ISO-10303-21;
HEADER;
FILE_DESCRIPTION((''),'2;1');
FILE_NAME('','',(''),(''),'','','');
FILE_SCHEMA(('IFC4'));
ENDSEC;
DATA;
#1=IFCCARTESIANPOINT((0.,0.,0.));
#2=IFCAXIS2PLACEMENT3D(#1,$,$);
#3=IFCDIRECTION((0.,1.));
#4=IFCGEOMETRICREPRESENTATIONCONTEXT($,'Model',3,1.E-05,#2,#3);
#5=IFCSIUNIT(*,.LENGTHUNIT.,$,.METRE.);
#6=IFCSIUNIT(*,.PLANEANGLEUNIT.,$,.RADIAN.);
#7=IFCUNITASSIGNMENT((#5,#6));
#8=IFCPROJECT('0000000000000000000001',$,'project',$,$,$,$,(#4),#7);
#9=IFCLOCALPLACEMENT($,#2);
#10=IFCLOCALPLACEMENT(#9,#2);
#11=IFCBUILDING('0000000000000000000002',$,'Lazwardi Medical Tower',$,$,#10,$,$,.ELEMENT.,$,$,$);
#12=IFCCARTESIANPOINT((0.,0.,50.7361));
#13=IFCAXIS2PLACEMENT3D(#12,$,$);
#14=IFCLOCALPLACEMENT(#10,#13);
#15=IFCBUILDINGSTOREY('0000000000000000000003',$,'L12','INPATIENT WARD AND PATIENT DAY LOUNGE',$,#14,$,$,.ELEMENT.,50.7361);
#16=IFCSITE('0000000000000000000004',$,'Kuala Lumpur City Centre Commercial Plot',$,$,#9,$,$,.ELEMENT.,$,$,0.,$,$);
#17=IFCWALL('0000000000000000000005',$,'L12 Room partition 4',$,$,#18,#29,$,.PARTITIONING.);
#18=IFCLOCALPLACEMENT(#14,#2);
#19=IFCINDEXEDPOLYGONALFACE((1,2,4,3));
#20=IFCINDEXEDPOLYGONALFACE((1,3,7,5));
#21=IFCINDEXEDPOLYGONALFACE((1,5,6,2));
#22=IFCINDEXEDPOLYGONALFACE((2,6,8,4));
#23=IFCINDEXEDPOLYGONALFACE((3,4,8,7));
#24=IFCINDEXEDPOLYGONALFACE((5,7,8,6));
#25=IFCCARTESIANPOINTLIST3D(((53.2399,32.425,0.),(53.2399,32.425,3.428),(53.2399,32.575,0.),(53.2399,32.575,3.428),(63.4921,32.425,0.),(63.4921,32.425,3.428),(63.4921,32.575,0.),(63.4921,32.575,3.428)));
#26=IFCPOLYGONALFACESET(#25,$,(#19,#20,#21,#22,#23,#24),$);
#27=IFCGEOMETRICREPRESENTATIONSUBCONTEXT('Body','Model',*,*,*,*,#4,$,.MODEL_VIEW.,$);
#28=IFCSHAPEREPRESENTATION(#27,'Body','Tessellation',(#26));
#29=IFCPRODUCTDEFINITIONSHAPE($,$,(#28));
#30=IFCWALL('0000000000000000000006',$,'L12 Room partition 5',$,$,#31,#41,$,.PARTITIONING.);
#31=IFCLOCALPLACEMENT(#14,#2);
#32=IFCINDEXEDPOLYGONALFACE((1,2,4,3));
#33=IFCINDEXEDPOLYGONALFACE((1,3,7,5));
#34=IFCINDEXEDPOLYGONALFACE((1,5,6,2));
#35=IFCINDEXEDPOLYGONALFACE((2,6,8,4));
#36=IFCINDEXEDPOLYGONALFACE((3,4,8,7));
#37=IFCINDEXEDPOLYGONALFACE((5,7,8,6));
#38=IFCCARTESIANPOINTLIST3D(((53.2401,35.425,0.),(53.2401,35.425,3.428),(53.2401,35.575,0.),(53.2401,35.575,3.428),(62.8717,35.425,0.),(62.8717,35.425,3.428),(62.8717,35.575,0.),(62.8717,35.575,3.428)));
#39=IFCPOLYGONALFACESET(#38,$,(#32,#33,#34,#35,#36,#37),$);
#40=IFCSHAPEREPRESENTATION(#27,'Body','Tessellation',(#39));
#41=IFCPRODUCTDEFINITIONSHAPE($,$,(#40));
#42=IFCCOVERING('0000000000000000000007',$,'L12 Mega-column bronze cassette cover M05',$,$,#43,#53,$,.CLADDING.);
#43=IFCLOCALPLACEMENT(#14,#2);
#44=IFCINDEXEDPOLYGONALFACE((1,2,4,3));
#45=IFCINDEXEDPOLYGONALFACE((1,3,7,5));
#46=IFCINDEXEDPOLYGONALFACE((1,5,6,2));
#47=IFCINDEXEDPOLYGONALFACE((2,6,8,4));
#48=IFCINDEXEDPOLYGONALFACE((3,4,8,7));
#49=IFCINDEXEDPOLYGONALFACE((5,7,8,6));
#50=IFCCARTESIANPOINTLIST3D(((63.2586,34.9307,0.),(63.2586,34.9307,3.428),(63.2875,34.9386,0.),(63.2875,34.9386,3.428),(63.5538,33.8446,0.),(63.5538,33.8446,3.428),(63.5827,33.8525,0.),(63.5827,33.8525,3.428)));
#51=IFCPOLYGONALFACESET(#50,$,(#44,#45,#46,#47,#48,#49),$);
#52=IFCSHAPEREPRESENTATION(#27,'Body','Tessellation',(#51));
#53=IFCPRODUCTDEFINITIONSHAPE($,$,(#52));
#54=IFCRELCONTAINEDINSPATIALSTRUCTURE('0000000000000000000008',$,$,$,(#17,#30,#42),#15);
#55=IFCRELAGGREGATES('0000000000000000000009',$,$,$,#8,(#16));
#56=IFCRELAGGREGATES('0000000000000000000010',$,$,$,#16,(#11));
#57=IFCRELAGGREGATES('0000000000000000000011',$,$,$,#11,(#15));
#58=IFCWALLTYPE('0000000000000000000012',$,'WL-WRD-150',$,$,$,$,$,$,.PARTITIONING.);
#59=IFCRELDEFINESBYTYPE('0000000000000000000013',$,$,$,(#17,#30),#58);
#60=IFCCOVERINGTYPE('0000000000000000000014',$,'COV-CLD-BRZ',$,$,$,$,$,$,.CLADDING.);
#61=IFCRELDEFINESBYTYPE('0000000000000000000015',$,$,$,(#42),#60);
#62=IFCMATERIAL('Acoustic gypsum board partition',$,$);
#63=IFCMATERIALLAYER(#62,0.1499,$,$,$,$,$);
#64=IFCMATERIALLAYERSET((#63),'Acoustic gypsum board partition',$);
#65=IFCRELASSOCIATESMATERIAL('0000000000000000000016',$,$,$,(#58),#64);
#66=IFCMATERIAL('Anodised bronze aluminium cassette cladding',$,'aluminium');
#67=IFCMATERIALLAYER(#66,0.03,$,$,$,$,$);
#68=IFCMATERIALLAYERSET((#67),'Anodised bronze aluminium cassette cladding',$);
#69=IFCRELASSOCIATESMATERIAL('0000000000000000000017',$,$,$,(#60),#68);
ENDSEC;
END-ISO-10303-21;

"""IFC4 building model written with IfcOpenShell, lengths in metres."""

from ifc_helpers import new_model, si_unit, direction, frame, frame_2d, origin, origin_2d, place, context, subcontext, project, spatial, rectangle, extrude, material, layer, layer_set, type_object, element, save


model = new_model("IFC4")

# Units and contexts
model_context = context("Model", 3, precision=1e-05, world=origin(), true_north=direction((0.0, 1.0)))
body_context = subcontext(model_context, "Body", "Model", "MODEL_VIEW")
ifc_project = project(units=[si_unit("LENGTHUNIT", "METRE"), si_unit("PLANEANGLEUNIT", "RADIAN")], contexts=[model_context])

# Site, building, storey
site_placement = place(None, origin())
site = spatial("IfcSite", under=ifc_project, at=site_placement, Name="Kuala Lumpur City Centre Commercial Plot", CompositionType="ELEMENT", RefElevation=0.0)
building_placement = place(site_placement, origin())
building = spatial("IfcBuilding", under=site, at=building_placement, Name="Lazwardi Medical Tower", CompositionType="ELEMENT")
storey_placement = place(building_placement, frame((0.0, 0.0, 50.7361)))
storey = spatial("IfcBuildingStorey", under=building, at=storey_placement, Name="L12", Description="INPATIENT WARD AND PATIENT DAY LOUNGE", CompositionType="ELEMENT", Elevation=50.7361)

# Walls
ifc_material_1 = material(Name="Acoustic gypsum board partition")
ifc_layer_1 = layer(ifc_material_1, 0.1499)
ifc_layer_set_1 = layer_set([ifc_layer_1], Name="Acoustic gypsum board partition")
wall_type_1 = type_object("IfcWallType", Name="WL-WRD-150", PredefinedType="PARTITIONING", material=ifc_layer_set_1)
wall_1_placement = place(storey_placement, frame((53.24, 32.5, 0.0), z_axis=(0.0, 0.0, 1.0), x_axis=(1.0, 0.0, 0.0)))
element("IfcWall", 1, at=wall_1_placement, inside=storey, type_object=wall_type_1, Name="L12 Room partition 4", PredefinedType="PARTITIONING", context=body_context, shape_type="SweptSolid", body=[
    extrude(rectangle(XDim=10.2522, YDim=0.1499, at=frame_2d((5.126, 0.0))), origin(), (0.0, 0.0, 1.0), 3.428),
])
wall_2_placement = place(storey_placement, frame((53.24, 35.5, 0.0), z_axis=(0.0, 0.0, 1.0), x_axis=(1.0, 0.0, 0.0)))
element("IfcWall", 2, at=wall_2_placement, inside=storey, type_object=wall_type_1, Name="L12 Room partition 5", PredefinedType="PARTITIONING", context=body_context, shape_type="SweptSolid", body=[
    extrude(rectangle(XDim=9.6316, YDim=0.1499, at=frame_2d((4.8159, 0.0))), origin(), (0.0, 0.0, 1.0), 3.428),
])

# Covering
ifc_material_2 = material(Name="Anodised bronze aluminium cassette cladding", Category="aluminium")
ifc_layer_2 = layer(ifc_material_2, 0.03)
ifc_layer_set_2 = layer_set([ifc_layer_2], Name="Anodised bronze aluminium cassette cladding")
covering_type = type_object("IfcCoveringType", Name="COV-CLD-BRZ", PredefinedType="CLADDING", material=ifc_layer_set_2)
covering_placement = place(storey_placement, frame((63.4207, 34.3916, 0.0), z_axis=(0.0, 0.0, 1.0), x_axis=(-0.262283, 0.964991, 0.0)))
element("IfcCovering", 3, at=covering_placement, inside=storey, type_object=covering_type, Name="L12 Mega-column bronze cassette cover M05", PredefinedType="CLADDING", context=body_context, shape_type="SweptSolid", body=[
    extrude(rectangle(XDim=1.1255, YDim=0.03, at=origin_2d()), origin(), (0.0, 0.0, 1.0), 3.428),
])

save(model, "model.ifc")
